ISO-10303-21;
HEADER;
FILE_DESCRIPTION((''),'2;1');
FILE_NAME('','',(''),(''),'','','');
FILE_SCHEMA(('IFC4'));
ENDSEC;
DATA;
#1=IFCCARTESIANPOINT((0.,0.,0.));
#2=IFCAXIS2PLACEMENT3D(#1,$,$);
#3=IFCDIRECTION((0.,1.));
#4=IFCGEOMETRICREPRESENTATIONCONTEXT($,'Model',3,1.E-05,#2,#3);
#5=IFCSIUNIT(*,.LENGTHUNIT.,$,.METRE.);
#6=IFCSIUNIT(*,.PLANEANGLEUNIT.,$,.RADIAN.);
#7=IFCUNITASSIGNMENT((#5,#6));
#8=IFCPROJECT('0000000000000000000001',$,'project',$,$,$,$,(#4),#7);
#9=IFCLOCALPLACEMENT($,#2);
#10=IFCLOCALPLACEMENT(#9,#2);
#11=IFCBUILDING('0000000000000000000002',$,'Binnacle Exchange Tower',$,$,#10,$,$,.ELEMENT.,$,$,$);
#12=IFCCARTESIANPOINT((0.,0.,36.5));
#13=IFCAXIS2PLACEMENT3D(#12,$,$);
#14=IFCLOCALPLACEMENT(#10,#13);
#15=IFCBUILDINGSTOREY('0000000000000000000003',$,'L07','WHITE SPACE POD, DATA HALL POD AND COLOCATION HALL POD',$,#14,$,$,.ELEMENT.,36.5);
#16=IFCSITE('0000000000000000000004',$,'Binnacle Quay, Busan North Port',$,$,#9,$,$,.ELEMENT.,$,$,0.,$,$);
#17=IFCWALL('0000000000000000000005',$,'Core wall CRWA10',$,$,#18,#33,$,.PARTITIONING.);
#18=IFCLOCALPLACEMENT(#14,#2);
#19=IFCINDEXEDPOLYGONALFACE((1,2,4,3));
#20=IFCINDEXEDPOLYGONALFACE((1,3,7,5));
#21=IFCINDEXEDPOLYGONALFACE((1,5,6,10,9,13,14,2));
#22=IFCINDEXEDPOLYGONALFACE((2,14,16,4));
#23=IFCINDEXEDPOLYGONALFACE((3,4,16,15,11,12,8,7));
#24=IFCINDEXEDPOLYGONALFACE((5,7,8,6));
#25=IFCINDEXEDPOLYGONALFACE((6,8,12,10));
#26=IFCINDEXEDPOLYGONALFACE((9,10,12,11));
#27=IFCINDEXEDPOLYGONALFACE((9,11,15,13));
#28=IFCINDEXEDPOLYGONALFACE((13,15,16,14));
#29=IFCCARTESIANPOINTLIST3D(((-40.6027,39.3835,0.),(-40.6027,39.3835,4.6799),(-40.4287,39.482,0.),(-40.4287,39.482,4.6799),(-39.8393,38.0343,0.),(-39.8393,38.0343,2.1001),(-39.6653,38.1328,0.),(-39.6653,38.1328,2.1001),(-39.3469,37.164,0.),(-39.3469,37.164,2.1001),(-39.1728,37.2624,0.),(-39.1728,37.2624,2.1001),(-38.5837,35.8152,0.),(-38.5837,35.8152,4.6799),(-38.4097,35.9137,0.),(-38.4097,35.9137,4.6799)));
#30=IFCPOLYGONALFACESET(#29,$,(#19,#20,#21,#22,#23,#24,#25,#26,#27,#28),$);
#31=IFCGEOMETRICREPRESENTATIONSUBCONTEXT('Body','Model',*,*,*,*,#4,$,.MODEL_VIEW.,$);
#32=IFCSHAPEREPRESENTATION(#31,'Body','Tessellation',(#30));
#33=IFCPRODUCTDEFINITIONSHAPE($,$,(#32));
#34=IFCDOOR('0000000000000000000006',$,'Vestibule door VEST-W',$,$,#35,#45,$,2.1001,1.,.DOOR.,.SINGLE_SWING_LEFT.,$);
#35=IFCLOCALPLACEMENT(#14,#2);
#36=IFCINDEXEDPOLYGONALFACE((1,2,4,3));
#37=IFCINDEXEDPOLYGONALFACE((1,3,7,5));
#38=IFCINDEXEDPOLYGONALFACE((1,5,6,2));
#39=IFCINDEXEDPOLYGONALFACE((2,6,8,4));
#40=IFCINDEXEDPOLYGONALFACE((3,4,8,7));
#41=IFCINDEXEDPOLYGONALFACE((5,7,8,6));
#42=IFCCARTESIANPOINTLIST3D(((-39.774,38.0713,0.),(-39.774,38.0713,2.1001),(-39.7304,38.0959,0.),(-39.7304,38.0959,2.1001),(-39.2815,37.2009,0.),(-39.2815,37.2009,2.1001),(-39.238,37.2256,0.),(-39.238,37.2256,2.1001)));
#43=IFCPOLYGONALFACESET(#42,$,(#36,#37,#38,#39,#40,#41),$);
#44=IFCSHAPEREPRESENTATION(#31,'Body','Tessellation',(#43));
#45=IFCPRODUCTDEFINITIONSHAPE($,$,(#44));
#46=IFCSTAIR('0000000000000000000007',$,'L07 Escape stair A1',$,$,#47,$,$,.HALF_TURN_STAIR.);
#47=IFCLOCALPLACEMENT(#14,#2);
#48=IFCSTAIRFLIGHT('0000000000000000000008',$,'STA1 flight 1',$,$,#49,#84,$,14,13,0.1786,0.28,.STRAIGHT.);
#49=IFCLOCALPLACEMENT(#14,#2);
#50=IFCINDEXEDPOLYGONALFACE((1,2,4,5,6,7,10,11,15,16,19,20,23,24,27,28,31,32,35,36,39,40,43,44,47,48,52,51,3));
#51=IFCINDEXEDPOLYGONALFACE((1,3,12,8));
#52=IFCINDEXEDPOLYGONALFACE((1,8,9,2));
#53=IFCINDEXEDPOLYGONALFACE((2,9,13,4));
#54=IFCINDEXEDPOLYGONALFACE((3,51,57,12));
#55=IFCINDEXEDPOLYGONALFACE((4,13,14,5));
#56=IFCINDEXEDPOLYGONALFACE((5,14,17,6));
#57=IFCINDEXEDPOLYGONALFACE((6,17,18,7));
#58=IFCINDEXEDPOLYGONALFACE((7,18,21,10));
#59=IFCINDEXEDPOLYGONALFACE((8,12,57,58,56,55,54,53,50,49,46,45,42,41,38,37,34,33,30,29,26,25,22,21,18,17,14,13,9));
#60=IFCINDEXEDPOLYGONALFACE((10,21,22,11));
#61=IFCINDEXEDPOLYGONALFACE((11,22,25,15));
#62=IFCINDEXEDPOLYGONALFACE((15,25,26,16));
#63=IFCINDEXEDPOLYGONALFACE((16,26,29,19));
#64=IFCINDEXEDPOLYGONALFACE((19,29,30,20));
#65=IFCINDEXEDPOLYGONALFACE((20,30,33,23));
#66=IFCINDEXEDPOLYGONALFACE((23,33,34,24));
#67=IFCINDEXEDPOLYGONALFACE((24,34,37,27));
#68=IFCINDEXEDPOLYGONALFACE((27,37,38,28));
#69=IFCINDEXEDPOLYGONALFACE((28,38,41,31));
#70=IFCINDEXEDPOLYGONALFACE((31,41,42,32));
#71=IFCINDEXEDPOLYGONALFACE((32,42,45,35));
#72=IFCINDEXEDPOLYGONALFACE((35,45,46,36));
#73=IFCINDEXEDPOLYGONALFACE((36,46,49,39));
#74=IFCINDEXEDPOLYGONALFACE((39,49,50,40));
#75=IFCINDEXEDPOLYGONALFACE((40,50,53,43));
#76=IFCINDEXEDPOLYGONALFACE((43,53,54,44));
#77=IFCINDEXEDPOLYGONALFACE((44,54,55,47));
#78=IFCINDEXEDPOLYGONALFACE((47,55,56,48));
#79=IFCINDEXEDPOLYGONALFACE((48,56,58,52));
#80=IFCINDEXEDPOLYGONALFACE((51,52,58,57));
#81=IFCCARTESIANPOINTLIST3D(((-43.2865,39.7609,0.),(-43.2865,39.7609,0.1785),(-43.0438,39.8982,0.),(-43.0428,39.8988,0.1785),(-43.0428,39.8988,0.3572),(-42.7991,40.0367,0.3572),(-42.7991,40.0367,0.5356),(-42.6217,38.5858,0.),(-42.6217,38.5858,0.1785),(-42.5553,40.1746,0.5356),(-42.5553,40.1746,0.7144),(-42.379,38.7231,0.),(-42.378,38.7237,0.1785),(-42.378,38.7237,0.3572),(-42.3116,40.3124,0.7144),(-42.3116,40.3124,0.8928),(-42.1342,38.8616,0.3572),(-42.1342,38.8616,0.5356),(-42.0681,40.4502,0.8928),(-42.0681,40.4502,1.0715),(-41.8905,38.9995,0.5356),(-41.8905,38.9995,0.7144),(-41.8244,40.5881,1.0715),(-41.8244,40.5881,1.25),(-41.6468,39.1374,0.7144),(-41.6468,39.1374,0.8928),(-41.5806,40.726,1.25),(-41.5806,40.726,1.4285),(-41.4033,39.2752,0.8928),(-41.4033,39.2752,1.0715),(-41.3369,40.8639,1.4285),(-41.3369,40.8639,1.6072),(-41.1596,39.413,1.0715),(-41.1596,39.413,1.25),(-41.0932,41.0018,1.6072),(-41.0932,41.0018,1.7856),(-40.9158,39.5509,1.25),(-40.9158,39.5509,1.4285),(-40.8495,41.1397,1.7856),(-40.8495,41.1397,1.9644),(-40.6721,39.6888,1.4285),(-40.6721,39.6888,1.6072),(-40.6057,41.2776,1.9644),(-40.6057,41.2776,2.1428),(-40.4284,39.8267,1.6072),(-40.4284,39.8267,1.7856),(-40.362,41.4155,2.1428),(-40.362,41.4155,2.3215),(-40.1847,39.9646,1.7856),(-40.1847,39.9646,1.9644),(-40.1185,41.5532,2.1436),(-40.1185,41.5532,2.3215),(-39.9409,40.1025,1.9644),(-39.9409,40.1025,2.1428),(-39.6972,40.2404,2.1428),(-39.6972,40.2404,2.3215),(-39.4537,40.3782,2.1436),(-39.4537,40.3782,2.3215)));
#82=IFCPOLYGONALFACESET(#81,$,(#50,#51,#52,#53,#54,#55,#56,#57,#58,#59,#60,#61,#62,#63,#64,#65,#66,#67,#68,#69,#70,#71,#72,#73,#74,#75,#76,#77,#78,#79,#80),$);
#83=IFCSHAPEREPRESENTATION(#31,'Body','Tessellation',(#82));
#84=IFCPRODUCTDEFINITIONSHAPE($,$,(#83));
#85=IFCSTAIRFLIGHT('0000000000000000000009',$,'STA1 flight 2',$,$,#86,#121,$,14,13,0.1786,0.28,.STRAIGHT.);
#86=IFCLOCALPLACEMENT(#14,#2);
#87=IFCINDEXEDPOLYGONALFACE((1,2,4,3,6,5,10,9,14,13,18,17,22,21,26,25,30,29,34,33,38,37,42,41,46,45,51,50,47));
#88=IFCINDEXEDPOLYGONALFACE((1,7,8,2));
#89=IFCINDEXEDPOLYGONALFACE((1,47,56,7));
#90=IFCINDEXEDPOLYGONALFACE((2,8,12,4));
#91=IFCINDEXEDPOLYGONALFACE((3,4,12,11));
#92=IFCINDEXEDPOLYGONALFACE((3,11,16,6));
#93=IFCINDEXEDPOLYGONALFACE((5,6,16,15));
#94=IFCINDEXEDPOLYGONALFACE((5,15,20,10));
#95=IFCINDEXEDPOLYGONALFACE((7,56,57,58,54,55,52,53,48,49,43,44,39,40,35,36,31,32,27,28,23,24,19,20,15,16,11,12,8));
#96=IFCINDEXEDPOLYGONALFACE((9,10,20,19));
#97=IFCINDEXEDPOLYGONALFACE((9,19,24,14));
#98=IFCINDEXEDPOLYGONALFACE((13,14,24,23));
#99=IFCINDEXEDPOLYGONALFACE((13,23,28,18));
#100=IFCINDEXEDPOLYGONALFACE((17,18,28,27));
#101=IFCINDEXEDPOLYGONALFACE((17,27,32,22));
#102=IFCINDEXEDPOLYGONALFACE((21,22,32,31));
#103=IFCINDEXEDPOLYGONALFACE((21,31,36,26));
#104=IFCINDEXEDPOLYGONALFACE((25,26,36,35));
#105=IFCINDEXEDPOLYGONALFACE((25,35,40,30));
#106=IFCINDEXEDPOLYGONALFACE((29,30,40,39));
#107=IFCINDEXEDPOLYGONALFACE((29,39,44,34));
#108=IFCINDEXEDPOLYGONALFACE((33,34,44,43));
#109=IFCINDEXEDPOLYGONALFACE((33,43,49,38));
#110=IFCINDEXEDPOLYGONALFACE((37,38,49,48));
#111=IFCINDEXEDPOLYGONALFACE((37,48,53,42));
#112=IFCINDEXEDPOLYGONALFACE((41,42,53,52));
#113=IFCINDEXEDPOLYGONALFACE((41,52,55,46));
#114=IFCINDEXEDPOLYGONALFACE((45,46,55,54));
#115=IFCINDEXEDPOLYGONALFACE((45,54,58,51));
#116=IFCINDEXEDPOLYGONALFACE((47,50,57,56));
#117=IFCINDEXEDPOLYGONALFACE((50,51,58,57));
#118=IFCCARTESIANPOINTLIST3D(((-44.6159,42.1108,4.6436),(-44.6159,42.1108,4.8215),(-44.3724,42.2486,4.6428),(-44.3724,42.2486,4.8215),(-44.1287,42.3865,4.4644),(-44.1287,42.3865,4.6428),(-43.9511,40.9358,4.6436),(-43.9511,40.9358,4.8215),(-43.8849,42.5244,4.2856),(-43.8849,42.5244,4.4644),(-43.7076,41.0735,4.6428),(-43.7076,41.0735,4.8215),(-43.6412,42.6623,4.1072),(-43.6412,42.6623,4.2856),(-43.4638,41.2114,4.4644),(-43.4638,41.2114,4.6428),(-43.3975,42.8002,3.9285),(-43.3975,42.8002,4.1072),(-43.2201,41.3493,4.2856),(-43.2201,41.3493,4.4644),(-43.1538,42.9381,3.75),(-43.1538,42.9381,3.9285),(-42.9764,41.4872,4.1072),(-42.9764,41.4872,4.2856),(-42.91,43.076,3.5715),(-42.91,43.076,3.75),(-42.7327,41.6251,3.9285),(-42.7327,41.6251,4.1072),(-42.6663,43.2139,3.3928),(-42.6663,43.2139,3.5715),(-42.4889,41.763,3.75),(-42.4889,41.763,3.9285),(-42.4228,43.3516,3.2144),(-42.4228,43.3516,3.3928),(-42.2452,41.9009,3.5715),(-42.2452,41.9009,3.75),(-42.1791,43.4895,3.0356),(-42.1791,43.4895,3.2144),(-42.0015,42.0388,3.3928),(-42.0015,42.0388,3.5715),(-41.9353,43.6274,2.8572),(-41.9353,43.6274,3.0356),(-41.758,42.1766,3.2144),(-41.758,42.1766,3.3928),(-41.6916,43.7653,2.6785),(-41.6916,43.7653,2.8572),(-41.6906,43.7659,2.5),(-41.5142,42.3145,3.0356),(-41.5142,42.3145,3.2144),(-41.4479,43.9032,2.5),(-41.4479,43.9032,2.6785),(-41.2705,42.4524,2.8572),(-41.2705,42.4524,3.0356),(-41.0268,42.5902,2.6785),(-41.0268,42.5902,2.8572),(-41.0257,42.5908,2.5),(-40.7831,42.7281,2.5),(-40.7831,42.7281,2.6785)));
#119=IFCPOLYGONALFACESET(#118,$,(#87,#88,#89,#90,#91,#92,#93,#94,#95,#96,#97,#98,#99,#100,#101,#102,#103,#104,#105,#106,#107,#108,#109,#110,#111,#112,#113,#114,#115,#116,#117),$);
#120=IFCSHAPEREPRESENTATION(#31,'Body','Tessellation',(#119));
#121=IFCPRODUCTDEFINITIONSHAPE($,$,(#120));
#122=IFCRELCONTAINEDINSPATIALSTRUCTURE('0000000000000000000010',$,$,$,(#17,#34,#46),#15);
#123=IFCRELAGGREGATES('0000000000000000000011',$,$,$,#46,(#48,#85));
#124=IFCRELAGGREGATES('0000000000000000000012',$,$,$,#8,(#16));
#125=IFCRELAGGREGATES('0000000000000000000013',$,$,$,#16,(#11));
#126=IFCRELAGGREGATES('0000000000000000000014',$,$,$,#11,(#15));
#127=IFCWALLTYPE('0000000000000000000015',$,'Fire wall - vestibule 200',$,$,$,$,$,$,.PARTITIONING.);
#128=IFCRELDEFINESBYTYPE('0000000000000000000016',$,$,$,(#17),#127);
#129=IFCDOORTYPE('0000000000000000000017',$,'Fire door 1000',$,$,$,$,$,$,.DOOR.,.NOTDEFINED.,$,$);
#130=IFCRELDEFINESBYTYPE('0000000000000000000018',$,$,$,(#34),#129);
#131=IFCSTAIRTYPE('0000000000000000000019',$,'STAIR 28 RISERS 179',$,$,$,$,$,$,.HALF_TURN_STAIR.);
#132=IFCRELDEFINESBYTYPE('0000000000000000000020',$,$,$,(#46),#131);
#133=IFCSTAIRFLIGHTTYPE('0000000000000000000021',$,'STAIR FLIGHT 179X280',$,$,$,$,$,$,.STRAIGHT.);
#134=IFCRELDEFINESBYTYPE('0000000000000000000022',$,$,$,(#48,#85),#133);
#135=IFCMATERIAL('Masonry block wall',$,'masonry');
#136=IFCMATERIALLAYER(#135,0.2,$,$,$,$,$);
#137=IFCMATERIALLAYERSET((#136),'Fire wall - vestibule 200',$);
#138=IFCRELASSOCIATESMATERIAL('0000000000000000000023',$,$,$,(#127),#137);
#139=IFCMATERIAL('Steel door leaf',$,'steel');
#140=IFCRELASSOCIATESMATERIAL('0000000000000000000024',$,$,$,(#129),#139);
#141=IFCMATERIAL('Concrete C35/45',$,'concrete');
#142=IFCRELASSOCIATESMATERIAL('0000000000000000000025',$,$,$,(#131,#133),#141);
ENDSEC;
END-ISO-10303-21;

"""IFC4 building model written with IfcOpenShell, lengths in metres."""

from ifc_helpers import new_model, si_unit, direction, frame, frame_2d, origin, place, context, subcontext, project, spatial, polyline, rectangle, outline, extrude, material, layer, layer_set, type_object, element, fill, aggregate, save


model = new_model("IFC4")

# Units and contexts
model_context = context("Model", 3, precision=1e-05, world=origin(), true_north=direction((0.0, 1.0)))
body_context = subcontext(model_context, "Body", "Model", "MODEL_VIEW")
ifc_project = project(units=[si_unit("LENGTHUNIT", "METRE"), si_unit("PLANEANGLEUNIT", "RADIAN")], contexts=[model_context])

# Site, building, storey
site_placement = place(None, origin())
site = spatial("IfcSite", under=ifc_project, at=site_placement, Name="Binnacle Quay, Busan North Port", CompositionType="ELEMENT", RefElevation=0.0)
building_placement = place(site_placement, origin())
building = spatial("IfcBuilding", under=site, at=building_placement, Name="Binnacle Exchange Tower", CompositionType="ELEMENT")
storey_placement = place(building_placement, frame((0.0, 0.0, 36.5)))
storey = spatial("IfcBuildingStorey", under=building, at=storey_placement, Name="L07", Description="WHITE SPACE POD, DATA HALL POD AND COLOCATION HALL POD", CompositionType="ELEMENT", Elevation=36.5)

# Shared definitions
ifc_material_1 = material(Name="Steel door leaf", Category="steel")

# Shared definitions
ifc_material_2 = material(Name="Masonry block wall", Category="masonry")

# Wall, opening, door
ifc_layer_1 = layer(ifc_material_2, 0.2)
ifc_layer_set_1 = layer_set([ifc_layer_1], Name="Fire wall - vestibule 200")
wall_type_1 = type_object("IfcWallType", Name="Fire wall - vestibule 200", PredefinedType="PARTITIONING", material=ifc_layer_set_1)
wall_1_placement = place(storey_placement, frame((-40.5156, 39.4326, 0.0), z_axis=(0.0, 0.0, 1.0), x_axis=(0.492454, -0.870339, 0.0)))
wall_1 = element("IfcWall", 1, at=wall_1_placement, inside=storey, type_object=wall_type_1, Name="Core wall CRWA10", PredefinedType="PARTITIONING", context=body_context, shape_type="SweptSolid", body=[
    extrude(rectangle(XDim=4.0999, YDim=0.2, at=frame_2d((2.0498, 0.0))), origin(), (0.0, 0.0, 1.0), 4.6799),
])
opening_1_placement = place(wall_1_placement, frame((1.55, 0.0, 0.0)))
opening_1 = element("IfcOpeningElement", 2, at=opening_1_placement, cuts=wall_1, PredefinedType="OPENING", context=body_context, shape_type="SweptSolid", body=[
    extrude(rectangle(XDim=1.0, YDim=2.1001, at=frame_2d((0.5, 1.05))), frame((0.0, 0.1099, 0.0), z_axis=(0.0, -1.0, 0.0), x_axis=(1.0, 0.0, 0.0)), (0.0, 0.0, 1.0), 0.22),
])
door_type_1 = type_object("IfcDoorType", Name="Fire door 1000", OperationType="NOTDEFINED", PredefinedType="DOOR", material=ifc_material_1)
door_1_placement = place(opening_1_placement, frame((1.0, 0.0, 0.0), z_axis=(0.0, 0.0, 1.0), x_axis=(-1.0, 0.0, 0.0)))
door_1 = element("IfcDoor", 3, at=door_1_placement, inside=storey, type_object=door_type_1, Name="Vestibule door VEST-W", OperationType="SINGLE_SWING_LEFT", OverallHeight=2.1001, OverallWidth=1.0, PredefinedType="DOOR", context=body_context, shape_type="SweptSolid", body=[
    extrude(rectangle(XDim=1.0, YDim=2.1001, at=frame_2d((0.5, 1.05))), frame((0.0, 0.0249, 0.0), z_axis=(0.0, -1.0, 0.0), x_axis=(1.0, 0.0, 0.0)), (0.0, 0.0, 1.0), 0.05),
])
fill(opening_1, door_1)

# Stair, stair flights
ifc_material_3 = material(Name="Concrete C35/45", Category="concrete")
stair_type = type_object("IfcStairType", Name="STAIR 28 RISERS 179", PredefinedType="HALF_TURN_STAIR", material=ifc_material_3)
stair_placement = place(storey_placement, origin())
stair = element("IfcStair", 4, at=stair_placement, inside=storey, type_object=stair_type, Name="L07 Escape stair A1", PredefinedType="HALF_TURN_STAIR")
stair_flight_type = type_object("IfcStairFlightType", Name="STAIR FLIGHT 179X280", PredefinedType="STRAIGHT", material=ifc_material_3)
stair_flight_1_placement = place(storey_placement, frame((-42.9541, 39.1733, 0.0), z_axis=(0.0, 0.0, 1.0), x_axis=(0.870356, 0.492424, 0.0)))
stair_flight_1 = element("IfcStairFlight", 5, at=stair_flight_1_placement, type_object=stair_flight_type, Name="STA1 flight 1", NumberOfRisers=14, NumberOfTreads=13, PredefinedType="STRAIGHT", RiserHeight=0.1786, TreadLength=0.28, context=body_context, shape_type="SweptSolid", body=[
    extrude(outline(polyline([(0.0, 0.0), (0.0, 0.1785), (0.28, 0.1785), (0.28, 0.3572), (0.5601, 0.3572), (0.5601, 0.5356), (0.8401, 0.5356), (0.8401, 0.7144), (1.1201, 0.7144), (1.1201, 0.8928), (1.3999, 0.8928), (1.3999, 1.0715), (1.6799, 1.0715), (1.6799, 1.25), (1.96, 1.25), (1.96, 1.4285), (2.24, 1.4285), (2.24, 1.6072), (2.52, 1.6072), (2.52, 1.7856), (2.8, 1.7856), (2.8, 1.9644), (3.0801, 1.9644), (3.0801, 2.1428), (3.3601, 2.1428), (3.3601, 2.3215), (3.6399, 2.3215), (3.6399, 2.5), (3.6399, 2.1436), (0.2788, 0.0), (0.0, 0.0)])), frame((0.0, 0.675, 0.0), z_axis=(0.0, -1.0, 0.0), x_axis=(1.0, 0.0, 0.0)), (0.0, 0.0, 1.0), 1.3501),
])
stair_flight_2_placement = place(storey_placement, frame((-41.1155, 43.3157, 2.5), z_axis=(0.0, 0.0, 1.0), x_axis=(-0.870356, -0.492424, 0.0)))
stair_flight_2 = element("IfcStairFlight", 6, at=stair_flight_2_placement, type_object=stair_flight_type, Name="STA1 flight 2", NumberOfRisers=14, NumberOfTreads=13, PredefinedType="STRAIGHT", RiserHeight=0.1786, TreadLength=0.28, context=body_context, shape_type="SweptSolid", body=[
    extrude(outline(polyline([(0.0, 0.0), (0.0, 0.1785), (0.28, 0.1785), (0.28, 0.3572), (0.5601, 0.3572), (0.5601, 0.5356), (0.8401, 0.5356), (0.8401, 0.7144), (1.1201, 0.7144), (1.1201, 0.8928), (1.3999, 0.8928), (1.3999, 1.0715), (1.6799, 1.0715), (1.6799, 1.25), (1.96, 1.25), (1.96, 1.4285), (2.24, 1.4285), (2.24, 1.6072), (2.52, 1.6072), (2.52, 1.7856), (2.8, 1.7856), (2.8, 1.9644), (3.0801, 1.9644), (3.0801, 2.1428), (3.3601, 2.1428), (3.3601, 2.3215), (3.6399, 2.3215), (3.6399, 2.5), (3.6399, 2.1436), (0.2788, 0.0), (0.0, 0.0)])), frame((0.0, 0.675, 0.0), z_axis=(0.0, -1.0, 0.0), x_axis=(1.0, 0.0, 0.0)), (0.0, 0.0, 1.0), 1.3501),
])
aggregate(stair, [stair_flight_1, stair_flight_2])

save(model, "model.ifc")
